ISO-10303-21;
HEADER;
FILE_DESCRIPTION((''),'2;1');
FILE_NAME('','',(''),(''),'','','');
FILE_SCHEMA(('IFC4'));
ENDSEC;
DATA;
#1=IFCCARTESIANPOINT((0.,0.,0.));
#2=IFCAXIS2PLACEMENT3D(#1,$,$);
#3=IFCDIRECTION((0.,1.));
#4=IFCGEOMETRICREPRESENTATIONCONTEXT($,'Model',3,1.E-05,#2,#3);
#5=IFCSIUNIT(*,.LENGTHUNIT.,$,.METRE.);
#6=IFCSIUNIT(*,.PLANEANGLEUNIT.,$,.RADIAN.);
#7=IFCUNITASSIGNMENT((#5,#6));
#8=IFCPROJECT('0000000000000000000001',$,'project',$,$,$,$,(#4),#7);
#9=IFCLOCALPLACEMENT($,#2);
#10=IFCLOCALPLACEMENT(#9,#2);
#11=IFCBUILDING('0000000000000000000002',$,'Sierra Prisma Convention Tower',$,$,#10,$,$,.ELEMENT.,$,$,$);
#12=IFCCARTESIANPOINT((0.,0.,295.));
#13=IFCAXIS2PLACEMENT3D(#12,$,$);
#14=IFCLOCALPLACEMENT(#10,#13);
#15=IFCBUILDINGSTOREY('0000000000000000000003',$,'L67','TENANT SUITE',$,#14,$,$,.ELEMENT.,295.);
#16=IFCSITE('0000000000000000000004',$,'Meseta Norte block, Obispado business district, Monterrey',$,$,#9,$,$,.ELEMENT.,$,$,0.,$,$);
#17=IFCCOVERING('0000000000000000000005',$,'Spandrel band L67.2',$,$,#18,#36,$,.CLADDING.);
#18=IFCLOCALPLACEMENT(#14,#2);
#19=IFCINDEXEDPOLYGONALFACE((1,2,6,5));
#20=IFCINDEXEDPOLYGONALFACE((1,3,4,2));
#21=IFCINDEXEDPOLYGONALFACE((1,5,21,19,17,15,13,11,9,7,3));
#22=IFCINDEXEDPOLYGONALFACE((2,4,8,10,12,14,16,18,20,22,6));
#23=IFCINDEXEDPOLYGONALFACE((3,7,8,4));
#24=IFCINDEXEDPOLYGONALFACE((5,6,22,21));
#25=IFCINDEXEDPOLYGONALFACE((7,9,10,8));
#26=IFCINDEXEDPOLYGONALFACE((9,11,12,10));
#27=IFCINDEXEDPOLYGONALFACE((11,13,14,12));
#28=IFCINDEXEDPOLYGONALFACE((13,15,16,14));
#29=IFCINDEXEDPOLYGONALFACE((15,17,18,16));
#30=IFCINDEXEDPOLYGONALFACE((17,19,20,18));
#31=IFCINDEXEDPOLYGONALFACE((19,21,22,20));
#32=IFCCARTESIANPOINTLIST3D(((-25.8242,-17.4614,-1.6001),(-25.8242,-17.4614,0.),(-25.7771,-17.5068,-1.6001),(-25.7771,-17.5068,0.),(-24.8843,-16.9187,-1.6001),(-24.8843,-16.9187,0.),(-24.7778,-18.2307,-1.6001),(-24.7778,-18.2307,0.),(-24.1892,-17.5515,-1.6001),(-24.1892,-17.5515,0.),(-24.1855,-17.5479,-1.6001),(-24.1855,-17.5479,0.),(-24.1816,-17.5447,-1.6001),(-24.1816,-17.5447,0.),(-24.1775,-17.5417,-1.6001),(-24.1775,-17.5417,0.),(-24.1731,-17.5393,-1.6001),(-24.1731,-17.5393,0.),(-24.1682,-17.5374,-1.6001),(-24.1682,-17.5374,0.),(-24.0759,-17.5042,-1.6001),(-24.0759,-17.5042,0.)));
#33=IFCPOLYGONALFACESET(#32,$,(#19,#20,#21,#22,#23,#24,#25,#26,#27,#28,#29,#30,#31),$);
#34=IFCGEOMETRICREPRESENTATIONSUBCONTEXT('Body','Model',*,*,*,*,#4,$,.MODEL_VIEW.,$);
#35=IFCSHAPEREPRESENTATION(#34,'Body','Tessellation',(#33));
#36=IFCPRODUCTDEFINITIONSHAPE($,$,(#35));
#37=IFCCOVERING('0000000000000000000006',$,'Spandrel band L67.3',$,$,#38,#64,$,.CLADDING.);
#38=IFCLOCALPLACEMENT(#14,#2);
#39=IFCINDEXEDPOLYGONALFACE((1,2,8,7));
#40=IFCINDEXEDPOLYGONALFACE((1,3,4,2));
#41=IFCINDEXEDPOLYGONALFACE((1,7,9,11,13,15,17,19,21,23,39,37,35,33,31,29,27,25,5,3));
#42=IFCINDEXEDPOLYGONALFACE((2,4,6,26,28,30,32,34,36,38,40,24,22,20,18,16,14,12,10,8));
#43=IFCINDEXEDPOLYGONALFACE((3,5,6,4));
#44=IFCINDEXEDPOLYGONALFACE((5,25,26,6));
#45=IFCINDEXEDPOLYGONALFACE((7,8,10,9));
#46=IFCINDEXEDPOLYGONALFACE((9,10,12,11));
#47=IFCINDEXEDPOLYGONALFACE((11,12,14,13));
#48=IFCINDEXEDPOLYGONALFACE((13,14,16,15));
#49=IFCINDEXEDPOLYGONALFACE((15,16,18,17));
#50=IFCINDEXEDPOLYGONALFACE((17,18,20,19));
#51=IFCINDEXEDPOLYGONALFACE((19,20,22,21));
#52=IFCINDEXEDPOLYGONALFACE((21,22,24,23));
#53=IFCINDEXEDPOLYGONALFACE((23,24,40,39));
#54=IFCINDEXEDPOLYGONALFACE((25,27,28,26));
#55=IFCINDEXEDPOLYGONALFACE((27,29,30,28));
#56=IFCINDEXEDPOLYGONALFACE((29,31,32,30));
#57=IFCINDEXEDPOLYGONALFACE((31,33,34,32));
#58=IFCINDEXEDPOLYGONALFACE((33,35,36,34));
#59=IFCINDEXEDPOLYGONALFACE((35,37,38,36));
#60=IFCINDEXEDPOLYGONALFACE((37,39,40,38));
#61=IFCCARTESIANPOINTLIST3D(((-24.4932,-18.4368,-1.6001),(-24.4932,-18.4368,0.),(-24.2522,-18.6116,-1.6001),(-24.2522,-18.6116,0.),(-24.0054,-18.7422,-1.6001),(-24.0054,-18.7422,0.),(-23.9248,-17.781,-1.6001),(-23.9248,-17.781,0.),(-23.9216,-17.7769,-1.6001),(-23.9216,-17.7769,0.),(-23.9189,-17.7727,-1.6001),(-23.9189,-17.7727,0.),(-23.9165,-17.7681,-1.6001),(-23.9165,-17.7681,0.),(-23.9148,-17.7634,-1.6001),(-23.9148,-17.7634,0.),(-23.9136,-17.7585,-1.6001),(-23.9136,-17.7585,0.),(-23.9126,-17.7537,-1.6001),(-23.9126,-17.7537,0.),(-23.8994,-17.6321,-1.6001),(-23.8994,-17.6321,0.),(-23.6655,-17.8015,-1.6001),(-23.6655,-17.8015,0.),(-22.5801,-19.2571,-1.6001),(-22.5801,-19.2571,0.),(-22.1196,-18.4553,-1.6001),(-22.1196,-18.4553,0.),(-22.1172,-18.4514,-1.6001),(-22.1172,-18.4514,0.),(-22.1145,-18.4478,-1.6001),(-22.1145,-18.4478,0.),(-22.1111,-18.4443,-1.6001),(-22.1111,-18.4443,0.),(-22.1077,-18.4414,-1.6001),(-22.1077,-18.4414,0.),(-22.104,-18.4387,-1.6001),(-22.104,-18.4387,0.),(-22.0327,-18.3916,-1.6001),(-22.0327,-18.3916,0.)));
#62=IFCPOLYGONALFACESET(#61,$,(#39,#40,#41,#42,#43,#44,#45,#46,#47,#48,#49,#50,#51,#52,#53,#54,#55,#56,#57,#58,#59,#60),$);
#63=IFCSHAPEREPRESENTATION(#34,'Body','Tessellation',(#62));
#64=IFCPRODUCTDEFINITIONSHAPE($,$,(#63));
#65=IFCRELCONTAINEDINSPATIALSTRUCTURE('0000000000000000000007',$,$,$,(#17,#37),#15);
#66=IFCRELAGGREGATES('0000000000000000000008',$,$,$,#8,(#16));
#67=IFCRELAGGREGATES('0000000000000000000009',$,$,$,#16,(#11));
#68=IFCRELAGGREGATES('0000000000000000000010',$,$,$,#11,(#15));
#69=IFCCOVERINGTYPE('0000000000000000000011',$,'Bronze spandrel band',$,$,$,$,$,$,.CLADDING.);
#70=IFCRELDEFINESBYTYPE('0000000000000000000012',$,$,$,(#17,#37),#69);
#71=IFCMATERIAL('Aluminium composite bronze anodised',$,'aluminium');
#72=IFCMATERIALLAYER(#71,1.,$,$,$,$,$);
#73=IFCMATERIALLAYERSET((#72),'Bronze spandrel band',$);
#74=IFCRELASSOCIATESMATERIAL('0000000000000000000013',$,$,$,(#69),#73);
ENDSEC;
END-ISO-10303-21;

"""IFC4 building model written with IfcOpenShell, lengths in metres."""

from ifc_helpers import new_model, si_unit, direction, frame, origin, place, context, subcontext, project, spatial, polyline, outline, extrude, material, layer, layer_set, type_object, element, save


model = new_model("IFC4")

# Units and contexts
model_context = context("Model", 3, precision=1e-05, world=origin(), true_north=direction((0.0, 1.0)))
body_context = subcontext(model_context, "Body", "Model", "MODEL_VIEW")
ifc_project = project(units=[si_unit("LENGTHUNIT", "METRE"), si_unit("PLANEANGLEUNIT", "RADIAN")], contexts=[model_context])

# Site, building, storey
site_placement = place(None, origin())
site = spatial("IfcSite", under=ifc_project, at=site_placement, Name="Meseta Norte block, Obispado business district, Monterrey", CompositionType="ELEMENT", RefElevation=0.0)
building_placement = place(site_placement, origin())
building = spatial("IfcBuilding", under=site, at=building_placement, Name="Sierra Prisma Convention Tower", CompositionType="ELEMENT")
storey_placement = place(building_placement, frame((0.0, 0.0, 295.0)))
storey = spatial("IfcBuildingStorey", under=building, at=storey_placement, Name="L67", Description="TENANT SUITE", CompositionType="ELEMENT", Elevation=295.0)

# Coverings
ifc_material_1 = material(Name="Aluminium composite bronze anodised", Category="aluminium")
ifc_layer_1 = layer(ifc_material_1, 1.0)
ifc_layer_set_1 = layer_set([ifc_layer_1], Name="Bronze spandrel band")
covering_type = type_object("IfcCoveringType", Name="Bronze spandrel band", PredefinedType="CLADDING", material=ifc_layer_set_1)
covering_1_placement = place(storey_placement, frame((0.0, 0.0, -1.6001)))
element("IfcCovering", 1, at=covering_1_placement, inside=storey, type_object=covering_type, Name="Spandrel band L67.2", PredefinedType="CLADDING", context=body_context, shape_type="SweptSolid", body=[
    extrude(outline(polyline([(-24.1816, -17.5447), (-24.1855, -17.5479), (-24.1892, -17.5515), (-24.7778, -18.2307), (-25.7771, -17.5068), (-25.8242, -17.4614), (-24.8843, -16.9187), (-24.0759, -17.5042), (-24.1682, -17.5374), (-24.1731, -17.5393), (-24.1775, -17.5417), (-24.1816, -17.5447)])), origin(), (0.0, 0.0, 1.0), 1.6001),
])
covering_2_placement = place(storey_placement, frame((0.0, 0.0, -1.6001)))
element("IfcCovering", 2, at=covering_2_placement, inside=storey, type_object=covering_type, Name="Spandrel band L67.3", PredefinedType="CLADDING", context=body_context, shape_type="SweptSolid", body=[
    extrude(outline(polyline([(-22.1111, -18.4443), (-22.1145, -18.4478), (-22.1172, -18.4514), (-22.1196, -18.4553), (-22.5801, -19.2571), (-24.0054, -18.7422), (-24.2522, -18.6116), (-24.4932, -18.4368), (-23.9248, -17.781), (-23.9216, -17.7769), (-23.9189, -17.7727), (-23.9165, -17.7681), (-23.9148, -17.7634), (-23.9136, -17.7585), (-23.9126, -17.7537), (-23.8994, -17.6321), (-23.6655, -17.8015), (-22.0327, -18.3916), (-22.104, -18.4387), (-22.1077, -18.4414), (-22.1111, -18.4443)])), origin(), (0.0, 0.0, 1.0), 1.6001),
])

save(model, "model.ifc")
